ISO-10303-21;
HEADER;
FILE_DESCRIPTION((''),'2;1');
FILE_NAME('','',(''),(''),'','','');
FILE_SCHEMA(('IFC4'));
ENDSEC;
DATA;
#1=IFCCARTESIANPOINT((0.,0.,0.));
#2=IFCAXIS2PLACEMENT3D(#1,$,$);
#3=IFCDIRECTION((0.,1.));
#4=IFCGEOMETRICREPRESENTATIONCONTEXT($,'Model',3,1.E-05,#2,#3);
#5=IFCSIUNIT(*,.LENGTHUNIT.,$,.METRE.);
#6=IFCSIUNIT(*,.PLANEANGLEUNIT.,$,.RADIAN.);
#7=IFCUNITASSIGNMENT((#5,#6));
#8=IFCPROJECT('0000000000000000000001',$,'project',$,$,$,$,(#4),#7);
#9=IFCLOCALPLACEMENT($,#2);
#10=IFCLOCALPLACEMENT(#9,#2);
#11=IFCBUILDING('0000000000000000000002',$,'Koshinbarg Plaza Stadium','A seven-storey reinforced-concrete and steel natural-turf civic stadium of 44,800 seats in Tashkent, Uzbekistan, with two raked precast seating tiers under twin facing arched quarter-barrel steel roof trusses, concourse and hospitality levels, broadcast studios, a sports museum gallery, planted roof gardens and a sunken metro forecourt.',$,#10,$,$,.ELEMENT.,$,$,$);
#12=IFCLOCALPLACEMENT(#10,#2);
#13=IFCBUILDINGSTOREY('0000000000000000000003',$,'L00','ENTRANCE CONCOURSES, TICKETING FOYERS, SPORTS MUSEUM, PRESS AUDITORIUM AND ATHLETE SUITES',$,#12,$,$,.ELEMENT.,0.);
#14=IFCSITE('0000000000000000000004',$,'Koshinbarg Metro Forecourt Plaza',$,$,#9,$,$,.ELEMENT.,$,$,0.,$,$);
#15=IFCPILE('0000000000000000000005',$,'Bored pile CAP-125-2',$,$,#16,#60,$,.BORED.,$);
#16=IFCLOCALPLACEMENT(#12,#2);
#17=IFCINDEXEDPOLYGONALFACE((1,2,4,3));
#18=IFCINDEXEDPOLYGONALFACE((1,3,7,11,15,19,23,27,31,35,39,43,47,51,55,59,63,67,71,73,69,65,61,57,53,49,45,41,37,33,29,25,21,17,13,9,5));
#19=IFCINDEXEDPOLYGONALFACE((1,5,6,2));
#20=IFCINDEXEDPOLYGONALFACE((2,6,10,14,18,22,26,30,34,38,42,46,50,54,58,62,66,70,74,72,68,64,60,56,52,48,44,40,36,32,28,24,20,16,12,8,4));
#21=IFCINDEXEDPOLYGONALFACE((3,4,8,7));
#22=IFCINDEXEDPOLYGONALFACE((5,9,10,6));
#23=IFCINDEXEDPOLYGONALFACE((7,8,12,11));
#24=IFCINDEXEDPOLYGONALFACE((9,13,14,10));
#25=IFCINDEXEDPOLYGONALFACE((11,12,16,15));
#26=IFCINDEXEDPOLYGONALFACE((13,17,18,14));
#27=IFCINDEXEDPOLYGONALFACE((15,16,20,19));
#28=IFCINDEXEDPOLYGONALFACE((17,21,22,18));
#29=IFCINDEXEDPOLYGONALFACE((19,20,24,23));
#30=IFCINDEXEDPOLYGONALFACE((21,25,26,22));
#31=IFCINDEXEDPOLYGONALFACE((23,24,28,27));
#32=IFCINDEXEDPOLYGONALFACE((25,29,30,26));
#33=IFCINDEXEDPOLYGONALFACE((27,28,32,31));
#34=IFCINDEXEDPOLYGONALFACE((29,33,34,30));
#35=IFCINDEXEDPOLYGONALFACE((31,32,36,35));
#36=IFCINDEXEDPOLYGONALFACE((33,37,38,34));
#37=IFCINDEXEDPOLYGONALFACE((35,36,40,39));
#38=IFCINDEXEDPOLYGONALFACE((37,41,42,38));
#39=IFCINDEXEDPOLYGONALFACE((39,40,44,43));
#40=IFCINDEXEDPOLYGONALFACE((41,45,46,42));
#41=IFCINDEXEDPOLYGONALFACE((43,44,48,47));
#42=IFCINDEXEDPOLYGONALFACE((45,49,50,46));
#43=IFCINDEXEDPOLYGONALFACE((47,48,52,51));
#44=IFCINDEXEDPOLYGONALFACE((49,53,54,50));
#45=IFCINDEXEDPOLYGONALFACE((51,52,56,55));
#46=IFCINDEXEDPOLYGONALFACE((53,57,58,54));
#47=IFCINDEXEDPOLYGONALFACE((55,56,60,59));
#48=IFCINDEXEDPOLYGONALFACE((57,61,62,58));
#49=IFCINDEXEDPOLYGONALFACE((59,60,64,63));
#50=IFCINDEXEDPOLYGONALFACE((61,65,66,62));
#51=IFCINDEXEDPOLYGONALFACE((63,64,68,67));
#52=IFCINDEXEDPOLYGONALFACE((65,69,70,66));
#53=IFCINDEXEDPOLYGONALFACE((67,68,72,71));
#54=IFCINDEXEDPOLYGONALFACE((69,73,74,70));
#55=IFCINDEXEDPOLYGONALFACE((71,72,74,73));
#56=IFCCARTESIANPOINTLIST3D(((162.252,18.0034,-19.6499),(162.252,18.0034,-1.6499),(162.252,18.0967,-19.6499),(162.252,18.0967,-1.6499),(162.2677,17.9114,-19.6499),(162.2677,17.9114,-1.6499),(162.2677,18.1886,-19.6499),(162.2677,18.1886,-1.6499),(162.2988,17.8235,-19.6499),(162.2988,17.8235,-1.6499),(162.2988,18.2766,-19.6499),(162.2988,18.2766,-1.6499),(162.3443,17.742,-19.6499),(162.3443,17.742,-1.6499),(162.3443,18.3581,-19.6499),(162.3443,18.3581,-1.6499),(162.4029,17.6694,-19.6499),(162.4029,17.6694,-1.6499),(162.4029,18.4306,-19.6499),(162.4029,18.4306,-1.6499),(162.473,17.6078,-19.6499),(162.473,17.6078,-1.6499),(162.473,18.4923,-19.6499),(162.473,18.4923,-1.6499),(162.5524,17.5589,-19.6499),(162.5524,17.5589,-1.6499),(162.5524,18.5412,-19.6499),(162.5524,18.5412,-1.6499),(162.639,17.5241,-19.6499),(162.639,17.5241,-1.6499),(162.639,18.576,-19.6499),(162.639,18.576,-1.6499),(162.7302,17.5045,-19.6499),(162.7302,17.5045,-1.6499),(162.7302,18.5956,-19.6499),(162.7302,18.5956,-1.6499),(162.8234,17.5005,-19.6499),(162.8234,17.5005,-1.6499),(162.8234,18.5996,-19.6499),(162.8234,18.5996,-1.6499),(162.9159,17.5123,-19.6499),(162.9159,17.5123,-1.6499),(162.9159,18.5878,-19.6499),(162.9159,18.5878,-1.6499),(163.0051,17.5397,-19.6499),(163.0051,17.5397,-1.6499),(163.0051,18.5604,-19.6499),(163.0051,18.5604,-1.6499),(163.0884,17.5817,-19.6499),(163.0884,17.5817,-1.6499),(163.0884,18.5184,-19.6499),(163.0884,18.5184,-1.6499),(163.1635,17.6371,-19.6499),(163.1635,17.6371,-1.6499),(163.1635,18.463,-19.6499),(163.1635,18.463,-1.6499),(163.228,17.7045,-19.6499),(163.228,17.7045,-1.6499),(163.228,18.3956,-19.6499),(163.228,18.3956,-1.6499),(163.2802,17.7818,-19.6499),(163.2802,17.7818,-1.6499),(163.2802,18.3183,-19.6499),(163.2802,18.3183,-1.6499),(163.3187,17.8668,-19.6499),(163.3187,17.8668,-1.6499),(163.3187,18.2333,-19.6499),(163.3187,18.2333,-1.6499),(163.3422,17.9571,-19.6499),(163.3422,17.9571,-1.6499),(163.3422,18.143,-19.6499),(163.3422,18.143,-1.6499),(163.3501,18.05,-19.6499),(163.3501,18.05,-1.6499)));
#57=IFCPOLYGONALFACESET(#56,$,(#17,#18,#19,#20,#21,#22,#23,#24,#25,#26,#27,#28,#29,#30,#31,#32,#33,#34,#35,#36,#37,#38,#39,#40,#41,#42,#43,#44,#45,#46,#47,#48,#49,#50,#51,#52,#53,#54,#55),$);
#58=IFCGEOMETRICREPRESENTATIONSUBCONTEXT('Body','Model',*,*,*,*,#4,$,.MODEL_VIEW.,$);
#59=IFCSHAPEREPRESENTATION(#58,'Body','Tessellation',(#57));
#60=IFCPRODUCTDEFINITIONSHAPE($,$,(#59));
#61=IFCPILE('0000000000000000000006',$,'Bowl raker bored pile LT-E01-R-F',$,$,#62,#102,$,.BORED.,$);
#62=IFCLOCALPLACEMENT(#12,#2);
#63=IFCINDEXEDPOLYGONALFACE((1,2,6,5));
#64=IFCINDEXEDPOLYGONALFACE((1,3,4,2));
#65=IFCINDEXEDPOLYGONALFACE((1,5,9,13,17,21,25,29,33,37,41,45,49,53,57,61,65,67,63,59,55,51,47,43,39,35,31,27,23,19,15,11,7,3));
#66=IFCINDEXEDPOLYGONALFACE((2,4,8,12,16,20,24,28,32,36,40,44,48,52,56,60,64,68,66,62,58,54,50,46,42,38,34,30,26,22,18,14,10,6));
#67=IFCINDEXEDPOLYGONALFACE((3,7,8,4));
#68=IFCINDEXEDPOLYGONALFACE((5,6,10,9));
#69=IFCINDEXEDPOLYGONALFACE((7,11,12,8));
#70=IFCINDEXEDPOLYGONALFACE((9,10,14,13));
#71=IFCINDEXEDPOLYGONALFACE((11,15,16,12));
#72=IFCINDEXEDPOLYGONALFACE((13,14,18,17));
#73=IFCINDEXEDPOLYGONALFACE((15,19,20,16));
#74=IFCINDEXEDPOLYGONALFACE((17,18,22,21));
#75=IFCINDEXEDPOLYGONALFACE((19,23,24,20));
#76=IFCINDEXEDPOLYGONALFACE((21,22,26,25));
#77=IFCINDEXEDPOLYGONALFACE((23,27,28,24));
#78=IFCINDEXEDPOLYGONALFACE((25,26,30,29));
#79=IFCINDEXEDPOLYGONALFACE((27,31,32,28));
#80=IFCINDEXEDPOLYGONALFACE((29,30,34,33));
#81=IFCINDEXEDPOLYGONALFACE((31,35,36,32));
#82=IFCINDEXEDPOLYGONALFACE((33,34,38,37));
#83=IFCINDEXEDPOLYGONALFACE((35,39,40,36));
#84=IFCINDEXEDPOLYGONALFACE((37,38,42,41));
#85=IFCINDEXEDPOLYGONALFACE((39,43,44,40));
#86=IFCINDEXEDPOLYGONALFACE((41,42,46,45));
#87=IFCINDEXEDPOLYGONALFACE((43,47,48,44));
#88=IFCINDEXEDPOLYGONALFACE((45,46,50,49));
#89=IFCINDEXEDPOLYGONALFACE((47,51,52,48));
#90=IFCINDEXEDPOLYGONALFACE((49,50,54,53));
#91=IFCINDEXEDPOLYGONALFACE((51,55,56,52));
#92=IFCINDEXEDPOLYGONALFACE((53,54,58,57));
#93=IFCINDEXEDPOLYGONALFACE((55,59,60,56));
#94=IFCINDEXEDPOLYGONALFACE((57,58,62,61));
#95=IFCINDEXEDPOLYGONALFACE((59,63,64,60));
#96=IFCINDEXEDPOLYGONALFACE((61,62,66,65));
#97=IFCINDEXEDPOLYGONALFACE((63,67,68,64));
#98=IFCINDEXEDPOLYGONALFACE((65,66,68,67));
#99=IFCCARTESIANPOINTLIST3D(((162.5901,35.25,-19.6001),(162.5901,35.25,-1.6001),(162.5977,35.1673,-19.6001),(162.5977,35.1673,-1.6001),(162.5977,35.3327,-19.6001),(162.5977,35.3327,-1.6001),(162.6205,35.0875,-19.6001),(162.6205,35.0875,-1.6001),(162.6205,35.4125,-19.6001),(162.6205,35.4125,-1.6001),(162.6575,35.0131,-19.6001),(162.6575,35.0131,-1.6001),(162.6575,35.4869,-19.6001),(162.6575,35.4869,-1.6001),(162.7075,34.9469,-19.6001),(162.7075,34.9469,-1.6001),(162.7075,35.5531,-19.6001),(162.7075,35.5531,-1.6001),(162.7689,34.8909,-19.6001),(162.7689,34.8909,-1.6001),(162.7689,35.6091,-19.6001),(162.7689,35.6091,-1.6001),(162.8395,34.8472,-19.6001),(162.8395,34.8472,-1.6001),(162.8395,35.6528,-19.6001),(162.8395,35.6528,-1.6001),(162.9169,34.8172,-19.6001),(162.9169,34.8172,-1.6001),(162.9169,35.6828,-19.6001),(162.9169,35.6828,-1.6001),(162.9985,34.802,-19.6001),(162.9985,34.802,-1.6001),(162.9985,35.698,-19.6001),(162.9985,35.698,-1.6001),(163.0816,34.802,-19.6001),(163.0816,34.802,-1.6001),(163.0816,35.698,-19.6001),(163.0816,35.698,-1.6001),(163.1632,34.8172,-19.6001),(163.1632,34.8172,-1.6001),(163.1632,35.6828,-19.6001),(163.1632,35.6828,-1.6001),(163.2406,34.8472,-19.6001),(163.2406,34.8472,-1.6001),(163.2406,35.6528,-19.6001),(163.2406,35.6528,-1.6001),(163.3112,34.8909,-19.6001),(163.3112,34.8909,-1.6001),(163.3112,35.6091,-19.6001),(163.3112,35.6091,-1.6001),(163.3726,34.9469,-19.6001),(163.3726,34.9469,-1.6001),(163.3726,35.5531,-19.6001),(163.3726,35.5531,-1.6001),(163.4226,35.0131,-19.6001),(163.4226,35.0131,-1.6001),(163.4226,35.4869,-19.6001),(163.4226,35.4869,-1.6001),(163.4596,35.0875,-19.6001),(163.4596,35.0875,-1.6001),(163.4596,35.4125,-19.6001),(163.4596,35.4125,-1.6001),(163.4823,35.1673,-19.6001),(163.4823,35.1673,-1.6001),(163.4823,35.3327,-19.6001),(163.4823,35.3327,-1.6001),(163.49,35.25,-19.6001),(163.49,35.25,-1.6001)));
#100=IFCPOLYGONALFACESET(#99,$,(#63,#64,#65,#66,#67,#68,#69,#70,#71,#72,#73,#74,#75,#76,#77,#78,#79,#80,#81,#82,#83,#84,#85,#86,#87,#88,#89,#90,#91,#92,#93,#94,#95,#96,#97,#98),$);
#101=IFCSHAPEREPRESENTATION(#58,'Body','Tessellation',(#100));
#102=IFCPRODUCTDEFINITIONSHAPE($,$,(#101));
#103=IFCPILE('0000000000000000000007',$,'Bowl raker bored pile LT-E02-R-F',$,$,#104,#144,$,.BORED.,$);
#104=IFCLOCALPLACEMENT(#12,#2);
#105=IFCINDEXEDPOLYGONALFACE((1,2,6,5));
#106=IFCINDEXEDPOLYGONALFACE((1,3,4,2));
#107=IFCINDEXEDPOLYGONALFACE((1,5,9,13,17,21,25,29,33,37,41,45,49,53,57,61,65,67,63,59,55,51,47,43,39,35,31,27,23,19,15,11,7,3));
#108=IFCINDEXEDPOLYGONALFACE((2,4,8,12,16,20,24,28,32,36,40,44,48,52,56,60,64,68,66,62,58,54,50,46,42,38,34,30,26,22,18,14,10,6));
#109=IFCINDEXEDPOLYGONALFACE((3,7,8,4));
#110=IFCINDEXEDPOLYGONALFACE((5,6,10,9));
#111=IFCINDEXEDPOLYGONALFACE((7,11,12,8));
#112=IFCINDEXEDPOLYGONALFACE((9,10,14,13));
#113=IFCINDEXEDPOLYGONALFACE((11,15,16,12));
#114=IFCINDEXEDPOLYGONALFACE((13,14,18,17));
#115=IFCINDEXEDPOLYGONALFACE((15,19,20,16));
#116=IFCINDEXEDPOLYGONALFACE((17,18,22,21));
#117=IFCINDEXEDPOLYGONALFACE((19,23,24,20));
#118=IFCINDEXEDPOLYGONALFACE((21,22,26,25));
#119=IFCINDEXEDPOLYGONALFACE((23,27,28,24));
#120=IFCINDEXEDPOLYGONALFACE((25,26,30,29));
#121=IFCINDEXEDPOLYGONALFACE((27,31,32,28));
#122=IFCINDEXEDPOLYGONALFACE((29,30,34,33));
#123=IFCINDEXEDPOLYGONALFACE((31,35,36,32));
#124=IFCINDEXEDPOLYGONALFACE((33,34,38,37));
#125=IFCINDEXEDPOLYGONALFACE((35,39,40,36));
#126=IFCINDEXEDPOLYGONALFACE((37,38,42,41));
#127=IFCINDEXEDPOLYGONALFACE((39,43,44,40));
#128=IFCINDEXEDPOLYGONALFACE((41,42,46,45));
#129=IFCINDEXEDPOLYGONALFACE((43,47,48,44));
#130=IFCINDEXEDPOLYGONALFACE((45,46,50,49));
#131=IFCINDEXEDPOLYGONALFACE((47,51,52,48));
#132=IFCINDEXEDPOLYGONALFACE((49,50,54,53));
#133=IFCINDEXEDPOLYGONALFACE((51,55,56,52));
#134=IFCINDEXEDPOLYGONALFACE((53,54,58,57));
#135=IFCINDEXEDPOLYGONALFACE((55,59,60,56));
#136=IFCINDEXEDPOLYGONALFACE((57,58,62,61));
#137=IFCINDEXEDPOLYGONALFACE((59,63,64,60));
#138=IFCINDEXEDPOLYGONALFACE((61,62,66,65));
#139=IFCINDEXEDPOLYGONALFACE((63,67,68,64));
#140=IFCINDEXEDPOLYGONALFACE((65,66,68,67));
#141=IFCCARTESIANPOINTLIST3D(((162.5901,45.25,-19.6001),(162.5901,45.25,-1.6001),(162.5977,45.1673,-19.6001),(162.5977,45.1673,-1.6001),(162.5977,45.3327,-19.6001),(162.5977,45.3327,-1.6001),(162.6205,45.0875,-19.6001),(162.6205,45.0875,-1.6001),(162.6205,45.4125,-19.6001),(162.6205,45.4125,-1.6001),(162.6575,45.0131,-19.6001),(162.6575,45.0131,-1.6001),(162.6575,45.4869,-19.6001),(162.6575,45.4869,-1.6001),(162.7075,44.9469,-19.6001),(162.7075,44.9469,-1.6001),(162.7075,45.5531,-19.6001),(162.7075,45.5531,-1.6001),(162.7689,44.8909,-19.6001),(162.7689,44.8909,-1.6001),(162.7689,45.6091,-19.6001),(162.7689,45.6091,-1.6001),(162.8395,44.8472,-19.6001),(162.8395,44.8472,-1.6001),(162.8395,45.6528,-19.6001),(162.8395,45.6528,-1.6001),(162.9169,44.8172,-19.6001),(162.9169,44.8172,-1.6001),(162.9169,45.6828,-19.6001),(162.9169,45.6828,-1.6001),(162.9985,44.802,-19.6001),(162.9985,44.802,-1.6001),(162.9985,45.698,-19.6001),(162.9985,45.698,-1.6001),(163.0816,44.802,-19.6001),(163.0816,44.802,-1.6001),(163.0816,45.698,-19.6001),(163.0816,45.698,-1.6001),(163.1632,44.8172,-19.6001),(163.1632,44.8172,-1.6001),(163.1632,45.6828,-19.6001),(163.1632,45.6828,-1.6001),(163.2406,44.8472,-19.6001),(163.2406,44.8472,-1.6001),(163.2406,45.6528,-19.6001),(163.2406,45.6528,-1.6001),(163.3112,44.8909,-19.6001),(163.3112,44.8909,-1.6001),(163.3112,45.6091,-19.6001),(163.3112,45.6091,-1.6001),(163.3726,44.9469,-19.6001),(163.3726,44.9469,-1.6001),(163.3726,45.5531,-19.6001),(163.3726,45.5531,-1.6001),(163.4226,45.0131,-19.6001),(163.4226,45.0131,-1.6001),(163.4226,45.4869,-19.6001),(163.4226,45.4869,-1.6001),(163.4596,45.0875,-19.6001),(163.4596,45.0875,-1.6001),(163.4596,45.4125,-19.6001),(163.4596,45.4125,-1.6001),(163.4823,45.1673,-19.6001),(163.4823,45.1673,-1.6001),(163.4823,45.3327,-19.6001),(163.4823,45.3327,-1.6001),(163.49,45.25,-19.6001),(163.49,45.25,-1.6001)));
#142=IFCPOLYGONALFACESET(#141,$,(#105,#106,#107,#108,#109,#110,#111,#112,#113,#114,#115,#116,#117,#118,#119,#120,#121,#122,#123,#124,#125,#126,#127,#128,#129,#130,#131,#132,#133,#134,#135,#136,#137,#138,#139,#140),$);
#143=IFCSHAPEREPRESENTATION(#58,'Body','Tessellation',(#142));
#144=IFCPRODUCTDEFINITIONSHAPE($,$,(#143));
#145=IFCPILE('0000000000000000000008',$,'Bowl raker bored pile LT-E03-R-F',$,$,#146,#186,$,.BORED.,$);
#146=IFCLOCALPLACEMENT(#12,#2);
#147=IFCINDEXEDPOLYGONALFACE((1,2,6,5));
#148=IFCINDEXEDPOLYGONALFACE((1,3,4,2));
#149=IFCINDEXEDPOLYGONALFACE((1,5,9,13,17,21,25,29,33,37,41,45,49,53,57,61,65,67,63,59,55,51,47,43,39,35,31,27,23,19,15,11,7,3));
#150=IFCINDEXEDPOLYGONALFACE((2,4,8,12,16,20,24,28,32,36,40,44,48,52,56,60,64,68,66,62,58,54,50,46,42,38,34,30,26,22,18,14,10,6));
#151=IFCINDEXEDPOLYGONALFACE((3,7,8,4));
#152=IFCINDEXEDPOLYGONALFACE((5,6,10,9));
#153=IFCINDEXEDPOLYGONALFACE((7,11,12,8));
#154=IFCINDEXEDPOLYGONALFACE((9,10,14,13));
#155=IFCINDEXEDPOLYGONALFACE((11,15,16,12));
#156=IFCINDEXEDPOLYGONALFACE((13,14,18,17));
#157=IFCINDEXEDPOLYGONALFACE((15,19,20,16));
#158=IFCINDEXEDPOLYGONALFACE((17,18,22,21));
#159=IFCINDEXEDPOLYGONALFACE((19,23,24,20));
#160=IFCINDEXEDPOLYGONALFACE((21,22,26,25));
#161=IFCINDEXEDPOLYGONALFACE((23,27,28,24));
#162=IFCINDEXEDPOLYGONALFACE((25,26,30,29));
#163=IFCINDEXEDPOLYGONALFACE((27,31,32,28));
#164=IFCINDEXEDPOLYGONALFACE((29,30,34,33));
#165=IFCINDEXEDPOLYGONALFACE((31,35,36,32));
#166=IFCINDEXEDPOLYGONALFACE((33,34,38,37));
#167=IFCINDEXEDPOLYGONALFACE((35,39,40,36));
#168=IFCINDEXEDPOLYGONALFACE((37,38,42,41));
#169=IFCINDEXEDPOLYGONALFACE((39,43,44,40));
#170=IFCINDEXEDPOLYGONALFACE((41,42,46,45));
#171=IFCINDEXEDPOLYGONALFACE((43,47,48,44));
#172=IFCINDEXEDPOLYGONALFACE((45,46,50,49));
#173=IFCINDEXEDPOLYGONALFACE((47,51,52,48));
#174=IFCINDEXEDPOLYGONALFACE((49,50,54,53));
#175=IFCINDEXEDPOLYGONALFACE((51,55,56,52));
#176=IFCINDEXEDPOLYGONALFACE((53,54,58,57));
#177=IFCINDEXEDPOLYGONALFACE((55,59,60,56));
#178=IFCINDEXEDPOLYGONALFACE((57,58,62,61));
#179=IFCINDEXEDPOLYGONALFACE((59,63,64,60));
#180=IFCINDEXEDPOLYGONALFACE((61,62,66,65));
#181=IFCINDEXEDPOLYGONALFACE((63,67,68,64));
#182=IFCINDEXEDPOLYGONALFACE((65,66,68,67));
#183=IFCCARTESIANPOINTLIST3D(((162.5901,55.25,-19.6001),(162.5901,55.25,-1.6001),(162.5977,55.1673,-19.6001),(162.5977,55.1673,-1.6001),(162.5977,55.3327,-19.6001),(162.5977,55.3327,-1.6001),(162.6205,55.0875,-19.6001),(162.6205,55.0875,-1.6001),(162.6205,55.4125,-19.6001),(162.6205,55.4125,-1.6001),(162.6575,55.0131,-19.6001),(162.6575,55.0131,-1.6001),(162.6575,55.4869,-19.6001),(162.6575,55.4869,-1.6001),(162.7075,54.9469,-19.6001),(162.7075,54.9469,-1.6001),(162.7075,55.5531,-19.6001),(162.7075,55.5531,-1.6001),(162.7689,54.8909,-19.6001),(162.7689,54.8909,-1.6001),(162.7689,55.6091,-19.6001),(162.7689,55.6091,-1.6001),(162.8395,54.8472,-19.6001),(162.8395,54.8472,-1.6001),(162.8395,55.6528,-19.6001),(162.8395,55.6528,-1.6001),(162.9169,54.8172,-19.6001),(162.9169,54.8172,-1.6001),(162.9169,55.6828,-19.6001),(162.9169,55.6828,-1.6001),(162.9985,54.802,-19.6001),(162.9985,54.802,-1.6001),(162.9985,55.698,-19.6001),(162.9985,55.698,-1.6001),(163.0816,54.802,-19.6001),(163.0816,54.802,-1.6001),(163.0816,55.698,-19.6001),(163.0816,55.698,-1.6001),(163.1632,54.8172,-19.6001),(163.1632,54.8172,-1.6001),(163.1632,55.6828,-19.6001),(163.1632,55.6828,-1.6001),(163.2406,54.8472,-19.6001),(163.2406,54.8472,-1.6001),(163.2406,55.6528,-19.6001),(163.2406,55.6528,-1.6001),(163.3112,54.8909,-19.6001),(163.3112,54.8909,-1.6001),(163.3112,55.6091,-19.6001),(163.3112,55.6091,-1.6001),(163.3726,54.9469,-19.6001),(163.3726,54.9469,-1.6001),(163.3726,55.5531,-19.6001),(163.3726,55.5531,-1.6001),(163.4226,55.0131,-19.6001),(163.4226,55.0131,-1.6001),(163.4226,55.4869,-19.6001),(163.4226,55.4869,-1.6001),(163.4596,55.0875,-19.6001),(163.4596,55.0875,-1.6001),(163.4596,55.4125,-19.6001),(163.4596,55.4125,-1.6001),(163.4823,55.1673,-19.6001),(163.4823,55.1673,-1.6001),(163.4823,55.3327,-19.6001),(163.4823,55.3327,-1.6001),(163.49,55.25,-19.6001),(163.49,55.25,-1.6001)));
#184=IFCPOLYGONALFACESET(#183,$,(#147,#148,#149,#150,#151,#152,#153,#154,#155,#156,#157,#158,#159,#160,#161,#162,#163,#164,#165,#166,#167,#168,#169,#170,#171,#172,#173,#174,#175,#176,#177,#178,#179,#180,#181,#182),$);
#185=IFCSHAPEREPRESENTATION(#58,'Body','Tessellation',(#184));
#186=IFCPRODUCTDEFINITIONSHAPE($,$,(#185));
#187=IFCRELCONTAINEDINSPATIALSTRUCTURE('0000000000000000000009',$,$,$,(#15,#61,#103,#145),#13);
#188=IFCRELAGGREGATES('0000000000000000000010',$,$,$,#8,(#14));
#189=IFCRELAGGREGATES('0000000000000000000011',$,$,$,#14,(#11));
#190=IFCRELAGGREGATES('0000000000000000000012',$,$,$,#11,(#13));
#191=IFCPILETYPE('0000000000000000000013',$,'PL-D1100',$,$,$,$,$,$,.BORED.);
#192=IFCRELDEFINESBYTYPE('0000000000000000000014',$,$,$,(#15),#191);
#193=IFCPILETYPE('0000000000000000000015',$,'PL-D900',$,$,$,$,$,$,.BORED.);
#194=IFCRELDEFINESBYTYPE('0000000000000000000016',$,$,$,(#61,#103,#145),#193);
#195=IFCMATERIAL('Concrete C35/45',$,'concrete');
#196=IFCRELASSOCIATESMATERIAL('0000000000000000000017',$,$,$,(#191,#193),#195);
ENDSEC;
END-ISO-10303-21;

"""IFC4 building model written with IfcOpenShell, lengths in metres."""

from ifc_helpers import new_model, si_unit, direction, frame, origin, origin_2d, place, context, subcontext, project, spatial, circle, extrude, material, material_profile, profile_set, type_object, element, save


model = new_model("IFC4")

# Units and contexts
model_context = context("Model", 3, precision=1e-05, world=origin(), true_north=direction((0.0, 1.0)))
body_context = subcontext(model_context, "Body", "Model", "MODEL_VIEW")
ifc_project = project(units=[si_unit("LENGTHUNIT", "METRE"), si_unit("PLANEANGLEUNIT", "RADIAN")], contexts=[model_context])

# Site, building, storey
site_placement = place(None, origin())
site = spatial("IfcSite", under=ifc_project, at=site_placement, Name="Koshinbarg Metro Forecourt Plaza", CompositionType="ELEMENT", RefElevation=0.0)
building_placement = place(site_placement, origin())
building = spatial("IfcBuilding", under=site, at=building_placement, Name="Koshinbarg Plaza Stadium", Description="A seven-storey reinforced-concrete and steel natural-turf civic stadium of 44,800 seats in Tashkent, Uzbekistan, with two raked precast seating tiers under twin facing arched quarter-barrel steel roof trusses, concourse and hospitality levels, broadcast studios, a sports museum gallery, planted roof gardens and a sunken metro forecourt.", CompositionType="ELEMENT")
storey_placement = place(building_placement, origin())
storey = spatial("IfcBuildingStorey", under=building, at=storey_placement, Name="L00", Description="ENTRANCE CONCOURSES, TICKETING FOYERS, SPORTS MUSEUM, PRESS AUDITORIUM AND ATHLETE SUITES", CompositionType="ELEMENT", Elevation=0.0)

# Shared definitions
ifc_material_1 = material(Name="Concrete C35/45", Category="concrete")

# Piles
ifc_material_profile_1 = material_profile(ifc_material_1, circle(Radius=0.55, at=origin_2d()), Name="PILE D1100")
ifc_profile_set_1 = profile_set([ifc_material_profile_1], Name="Concrete C35/45")
pile_type_1 = type_object("IfcPileType", Name="PL-D1100", PredefinedType="BORED", material=ifc_profile_set_1)
for number, where, z_axis, x_axis, name in (
    (1, (162.8, 18.05, -1.6499), (0.0, 0.0, -1.0), (1.0, 0.0, 0.0), "Bored pile CAP-125-2"),
):
    element("IfcPile", number, at=place(storey_placement, frame(where, z_axis=z_axis, x_axis=x_axis)), inside=storey, type_object=pile_type_1, Name=name, PredefinedType="BORED", context=body_context, shape_type="SweptSolid", body=[
        extrude(circle(Radius=0.55, at=origin_2d()), origin(), (0.0, 0.0, 1.0), 18.0),
    ])
ifc_material_profile_2 = material_profile(ifc_material_1, circle(Radius=0.45, at=origin_2d()), Name="PILE D900")
ifc_profile_set_2 = profile_set([ifc_material_profile_2], Name="Concrete C35/45")
pile_type_2 = type_object("IfcPileType", Name="PL-D900", PredefinedType="BORED", material=ifc_profile_set_2)
for number, where, z_axis, x_axis, name in (
    (2, (163.04, 35.25, -1.6001), (0.0, 0.0, -1.0), (1.0, 0.0, 0.0), "Bowl raker bored pile LT-E01-R-F"),
    (3, (163.04, 45.25, -1.6001), (0.0, 0.0, -1.0), (1.0, 0.0, 0.0), "Bowl raker bored pile LT-E02-R-F"),
    (4, (163.04, 55.25, -1.6001), (0.0, 0.0, -1.0), (1.0, 0.0, 0.0), "Bowl raker bored pile LT-E03-R-F"),
):
    element("IfcPile", number, at=place(storey_placement, frame(where, z_axis=z_axis, x_axis=x_axis)), inside=storey, type_object=pile_type_2, Name=name, PredefinedType="BORED", context=body_context, shape_type="SweptSolid", body=[
        extrude(circle(Radius=0.45, at=origin_2d()), origin(), (0.0, 0.0, 1.0), 18.0),
    ])

save(model, "model.ifc")
